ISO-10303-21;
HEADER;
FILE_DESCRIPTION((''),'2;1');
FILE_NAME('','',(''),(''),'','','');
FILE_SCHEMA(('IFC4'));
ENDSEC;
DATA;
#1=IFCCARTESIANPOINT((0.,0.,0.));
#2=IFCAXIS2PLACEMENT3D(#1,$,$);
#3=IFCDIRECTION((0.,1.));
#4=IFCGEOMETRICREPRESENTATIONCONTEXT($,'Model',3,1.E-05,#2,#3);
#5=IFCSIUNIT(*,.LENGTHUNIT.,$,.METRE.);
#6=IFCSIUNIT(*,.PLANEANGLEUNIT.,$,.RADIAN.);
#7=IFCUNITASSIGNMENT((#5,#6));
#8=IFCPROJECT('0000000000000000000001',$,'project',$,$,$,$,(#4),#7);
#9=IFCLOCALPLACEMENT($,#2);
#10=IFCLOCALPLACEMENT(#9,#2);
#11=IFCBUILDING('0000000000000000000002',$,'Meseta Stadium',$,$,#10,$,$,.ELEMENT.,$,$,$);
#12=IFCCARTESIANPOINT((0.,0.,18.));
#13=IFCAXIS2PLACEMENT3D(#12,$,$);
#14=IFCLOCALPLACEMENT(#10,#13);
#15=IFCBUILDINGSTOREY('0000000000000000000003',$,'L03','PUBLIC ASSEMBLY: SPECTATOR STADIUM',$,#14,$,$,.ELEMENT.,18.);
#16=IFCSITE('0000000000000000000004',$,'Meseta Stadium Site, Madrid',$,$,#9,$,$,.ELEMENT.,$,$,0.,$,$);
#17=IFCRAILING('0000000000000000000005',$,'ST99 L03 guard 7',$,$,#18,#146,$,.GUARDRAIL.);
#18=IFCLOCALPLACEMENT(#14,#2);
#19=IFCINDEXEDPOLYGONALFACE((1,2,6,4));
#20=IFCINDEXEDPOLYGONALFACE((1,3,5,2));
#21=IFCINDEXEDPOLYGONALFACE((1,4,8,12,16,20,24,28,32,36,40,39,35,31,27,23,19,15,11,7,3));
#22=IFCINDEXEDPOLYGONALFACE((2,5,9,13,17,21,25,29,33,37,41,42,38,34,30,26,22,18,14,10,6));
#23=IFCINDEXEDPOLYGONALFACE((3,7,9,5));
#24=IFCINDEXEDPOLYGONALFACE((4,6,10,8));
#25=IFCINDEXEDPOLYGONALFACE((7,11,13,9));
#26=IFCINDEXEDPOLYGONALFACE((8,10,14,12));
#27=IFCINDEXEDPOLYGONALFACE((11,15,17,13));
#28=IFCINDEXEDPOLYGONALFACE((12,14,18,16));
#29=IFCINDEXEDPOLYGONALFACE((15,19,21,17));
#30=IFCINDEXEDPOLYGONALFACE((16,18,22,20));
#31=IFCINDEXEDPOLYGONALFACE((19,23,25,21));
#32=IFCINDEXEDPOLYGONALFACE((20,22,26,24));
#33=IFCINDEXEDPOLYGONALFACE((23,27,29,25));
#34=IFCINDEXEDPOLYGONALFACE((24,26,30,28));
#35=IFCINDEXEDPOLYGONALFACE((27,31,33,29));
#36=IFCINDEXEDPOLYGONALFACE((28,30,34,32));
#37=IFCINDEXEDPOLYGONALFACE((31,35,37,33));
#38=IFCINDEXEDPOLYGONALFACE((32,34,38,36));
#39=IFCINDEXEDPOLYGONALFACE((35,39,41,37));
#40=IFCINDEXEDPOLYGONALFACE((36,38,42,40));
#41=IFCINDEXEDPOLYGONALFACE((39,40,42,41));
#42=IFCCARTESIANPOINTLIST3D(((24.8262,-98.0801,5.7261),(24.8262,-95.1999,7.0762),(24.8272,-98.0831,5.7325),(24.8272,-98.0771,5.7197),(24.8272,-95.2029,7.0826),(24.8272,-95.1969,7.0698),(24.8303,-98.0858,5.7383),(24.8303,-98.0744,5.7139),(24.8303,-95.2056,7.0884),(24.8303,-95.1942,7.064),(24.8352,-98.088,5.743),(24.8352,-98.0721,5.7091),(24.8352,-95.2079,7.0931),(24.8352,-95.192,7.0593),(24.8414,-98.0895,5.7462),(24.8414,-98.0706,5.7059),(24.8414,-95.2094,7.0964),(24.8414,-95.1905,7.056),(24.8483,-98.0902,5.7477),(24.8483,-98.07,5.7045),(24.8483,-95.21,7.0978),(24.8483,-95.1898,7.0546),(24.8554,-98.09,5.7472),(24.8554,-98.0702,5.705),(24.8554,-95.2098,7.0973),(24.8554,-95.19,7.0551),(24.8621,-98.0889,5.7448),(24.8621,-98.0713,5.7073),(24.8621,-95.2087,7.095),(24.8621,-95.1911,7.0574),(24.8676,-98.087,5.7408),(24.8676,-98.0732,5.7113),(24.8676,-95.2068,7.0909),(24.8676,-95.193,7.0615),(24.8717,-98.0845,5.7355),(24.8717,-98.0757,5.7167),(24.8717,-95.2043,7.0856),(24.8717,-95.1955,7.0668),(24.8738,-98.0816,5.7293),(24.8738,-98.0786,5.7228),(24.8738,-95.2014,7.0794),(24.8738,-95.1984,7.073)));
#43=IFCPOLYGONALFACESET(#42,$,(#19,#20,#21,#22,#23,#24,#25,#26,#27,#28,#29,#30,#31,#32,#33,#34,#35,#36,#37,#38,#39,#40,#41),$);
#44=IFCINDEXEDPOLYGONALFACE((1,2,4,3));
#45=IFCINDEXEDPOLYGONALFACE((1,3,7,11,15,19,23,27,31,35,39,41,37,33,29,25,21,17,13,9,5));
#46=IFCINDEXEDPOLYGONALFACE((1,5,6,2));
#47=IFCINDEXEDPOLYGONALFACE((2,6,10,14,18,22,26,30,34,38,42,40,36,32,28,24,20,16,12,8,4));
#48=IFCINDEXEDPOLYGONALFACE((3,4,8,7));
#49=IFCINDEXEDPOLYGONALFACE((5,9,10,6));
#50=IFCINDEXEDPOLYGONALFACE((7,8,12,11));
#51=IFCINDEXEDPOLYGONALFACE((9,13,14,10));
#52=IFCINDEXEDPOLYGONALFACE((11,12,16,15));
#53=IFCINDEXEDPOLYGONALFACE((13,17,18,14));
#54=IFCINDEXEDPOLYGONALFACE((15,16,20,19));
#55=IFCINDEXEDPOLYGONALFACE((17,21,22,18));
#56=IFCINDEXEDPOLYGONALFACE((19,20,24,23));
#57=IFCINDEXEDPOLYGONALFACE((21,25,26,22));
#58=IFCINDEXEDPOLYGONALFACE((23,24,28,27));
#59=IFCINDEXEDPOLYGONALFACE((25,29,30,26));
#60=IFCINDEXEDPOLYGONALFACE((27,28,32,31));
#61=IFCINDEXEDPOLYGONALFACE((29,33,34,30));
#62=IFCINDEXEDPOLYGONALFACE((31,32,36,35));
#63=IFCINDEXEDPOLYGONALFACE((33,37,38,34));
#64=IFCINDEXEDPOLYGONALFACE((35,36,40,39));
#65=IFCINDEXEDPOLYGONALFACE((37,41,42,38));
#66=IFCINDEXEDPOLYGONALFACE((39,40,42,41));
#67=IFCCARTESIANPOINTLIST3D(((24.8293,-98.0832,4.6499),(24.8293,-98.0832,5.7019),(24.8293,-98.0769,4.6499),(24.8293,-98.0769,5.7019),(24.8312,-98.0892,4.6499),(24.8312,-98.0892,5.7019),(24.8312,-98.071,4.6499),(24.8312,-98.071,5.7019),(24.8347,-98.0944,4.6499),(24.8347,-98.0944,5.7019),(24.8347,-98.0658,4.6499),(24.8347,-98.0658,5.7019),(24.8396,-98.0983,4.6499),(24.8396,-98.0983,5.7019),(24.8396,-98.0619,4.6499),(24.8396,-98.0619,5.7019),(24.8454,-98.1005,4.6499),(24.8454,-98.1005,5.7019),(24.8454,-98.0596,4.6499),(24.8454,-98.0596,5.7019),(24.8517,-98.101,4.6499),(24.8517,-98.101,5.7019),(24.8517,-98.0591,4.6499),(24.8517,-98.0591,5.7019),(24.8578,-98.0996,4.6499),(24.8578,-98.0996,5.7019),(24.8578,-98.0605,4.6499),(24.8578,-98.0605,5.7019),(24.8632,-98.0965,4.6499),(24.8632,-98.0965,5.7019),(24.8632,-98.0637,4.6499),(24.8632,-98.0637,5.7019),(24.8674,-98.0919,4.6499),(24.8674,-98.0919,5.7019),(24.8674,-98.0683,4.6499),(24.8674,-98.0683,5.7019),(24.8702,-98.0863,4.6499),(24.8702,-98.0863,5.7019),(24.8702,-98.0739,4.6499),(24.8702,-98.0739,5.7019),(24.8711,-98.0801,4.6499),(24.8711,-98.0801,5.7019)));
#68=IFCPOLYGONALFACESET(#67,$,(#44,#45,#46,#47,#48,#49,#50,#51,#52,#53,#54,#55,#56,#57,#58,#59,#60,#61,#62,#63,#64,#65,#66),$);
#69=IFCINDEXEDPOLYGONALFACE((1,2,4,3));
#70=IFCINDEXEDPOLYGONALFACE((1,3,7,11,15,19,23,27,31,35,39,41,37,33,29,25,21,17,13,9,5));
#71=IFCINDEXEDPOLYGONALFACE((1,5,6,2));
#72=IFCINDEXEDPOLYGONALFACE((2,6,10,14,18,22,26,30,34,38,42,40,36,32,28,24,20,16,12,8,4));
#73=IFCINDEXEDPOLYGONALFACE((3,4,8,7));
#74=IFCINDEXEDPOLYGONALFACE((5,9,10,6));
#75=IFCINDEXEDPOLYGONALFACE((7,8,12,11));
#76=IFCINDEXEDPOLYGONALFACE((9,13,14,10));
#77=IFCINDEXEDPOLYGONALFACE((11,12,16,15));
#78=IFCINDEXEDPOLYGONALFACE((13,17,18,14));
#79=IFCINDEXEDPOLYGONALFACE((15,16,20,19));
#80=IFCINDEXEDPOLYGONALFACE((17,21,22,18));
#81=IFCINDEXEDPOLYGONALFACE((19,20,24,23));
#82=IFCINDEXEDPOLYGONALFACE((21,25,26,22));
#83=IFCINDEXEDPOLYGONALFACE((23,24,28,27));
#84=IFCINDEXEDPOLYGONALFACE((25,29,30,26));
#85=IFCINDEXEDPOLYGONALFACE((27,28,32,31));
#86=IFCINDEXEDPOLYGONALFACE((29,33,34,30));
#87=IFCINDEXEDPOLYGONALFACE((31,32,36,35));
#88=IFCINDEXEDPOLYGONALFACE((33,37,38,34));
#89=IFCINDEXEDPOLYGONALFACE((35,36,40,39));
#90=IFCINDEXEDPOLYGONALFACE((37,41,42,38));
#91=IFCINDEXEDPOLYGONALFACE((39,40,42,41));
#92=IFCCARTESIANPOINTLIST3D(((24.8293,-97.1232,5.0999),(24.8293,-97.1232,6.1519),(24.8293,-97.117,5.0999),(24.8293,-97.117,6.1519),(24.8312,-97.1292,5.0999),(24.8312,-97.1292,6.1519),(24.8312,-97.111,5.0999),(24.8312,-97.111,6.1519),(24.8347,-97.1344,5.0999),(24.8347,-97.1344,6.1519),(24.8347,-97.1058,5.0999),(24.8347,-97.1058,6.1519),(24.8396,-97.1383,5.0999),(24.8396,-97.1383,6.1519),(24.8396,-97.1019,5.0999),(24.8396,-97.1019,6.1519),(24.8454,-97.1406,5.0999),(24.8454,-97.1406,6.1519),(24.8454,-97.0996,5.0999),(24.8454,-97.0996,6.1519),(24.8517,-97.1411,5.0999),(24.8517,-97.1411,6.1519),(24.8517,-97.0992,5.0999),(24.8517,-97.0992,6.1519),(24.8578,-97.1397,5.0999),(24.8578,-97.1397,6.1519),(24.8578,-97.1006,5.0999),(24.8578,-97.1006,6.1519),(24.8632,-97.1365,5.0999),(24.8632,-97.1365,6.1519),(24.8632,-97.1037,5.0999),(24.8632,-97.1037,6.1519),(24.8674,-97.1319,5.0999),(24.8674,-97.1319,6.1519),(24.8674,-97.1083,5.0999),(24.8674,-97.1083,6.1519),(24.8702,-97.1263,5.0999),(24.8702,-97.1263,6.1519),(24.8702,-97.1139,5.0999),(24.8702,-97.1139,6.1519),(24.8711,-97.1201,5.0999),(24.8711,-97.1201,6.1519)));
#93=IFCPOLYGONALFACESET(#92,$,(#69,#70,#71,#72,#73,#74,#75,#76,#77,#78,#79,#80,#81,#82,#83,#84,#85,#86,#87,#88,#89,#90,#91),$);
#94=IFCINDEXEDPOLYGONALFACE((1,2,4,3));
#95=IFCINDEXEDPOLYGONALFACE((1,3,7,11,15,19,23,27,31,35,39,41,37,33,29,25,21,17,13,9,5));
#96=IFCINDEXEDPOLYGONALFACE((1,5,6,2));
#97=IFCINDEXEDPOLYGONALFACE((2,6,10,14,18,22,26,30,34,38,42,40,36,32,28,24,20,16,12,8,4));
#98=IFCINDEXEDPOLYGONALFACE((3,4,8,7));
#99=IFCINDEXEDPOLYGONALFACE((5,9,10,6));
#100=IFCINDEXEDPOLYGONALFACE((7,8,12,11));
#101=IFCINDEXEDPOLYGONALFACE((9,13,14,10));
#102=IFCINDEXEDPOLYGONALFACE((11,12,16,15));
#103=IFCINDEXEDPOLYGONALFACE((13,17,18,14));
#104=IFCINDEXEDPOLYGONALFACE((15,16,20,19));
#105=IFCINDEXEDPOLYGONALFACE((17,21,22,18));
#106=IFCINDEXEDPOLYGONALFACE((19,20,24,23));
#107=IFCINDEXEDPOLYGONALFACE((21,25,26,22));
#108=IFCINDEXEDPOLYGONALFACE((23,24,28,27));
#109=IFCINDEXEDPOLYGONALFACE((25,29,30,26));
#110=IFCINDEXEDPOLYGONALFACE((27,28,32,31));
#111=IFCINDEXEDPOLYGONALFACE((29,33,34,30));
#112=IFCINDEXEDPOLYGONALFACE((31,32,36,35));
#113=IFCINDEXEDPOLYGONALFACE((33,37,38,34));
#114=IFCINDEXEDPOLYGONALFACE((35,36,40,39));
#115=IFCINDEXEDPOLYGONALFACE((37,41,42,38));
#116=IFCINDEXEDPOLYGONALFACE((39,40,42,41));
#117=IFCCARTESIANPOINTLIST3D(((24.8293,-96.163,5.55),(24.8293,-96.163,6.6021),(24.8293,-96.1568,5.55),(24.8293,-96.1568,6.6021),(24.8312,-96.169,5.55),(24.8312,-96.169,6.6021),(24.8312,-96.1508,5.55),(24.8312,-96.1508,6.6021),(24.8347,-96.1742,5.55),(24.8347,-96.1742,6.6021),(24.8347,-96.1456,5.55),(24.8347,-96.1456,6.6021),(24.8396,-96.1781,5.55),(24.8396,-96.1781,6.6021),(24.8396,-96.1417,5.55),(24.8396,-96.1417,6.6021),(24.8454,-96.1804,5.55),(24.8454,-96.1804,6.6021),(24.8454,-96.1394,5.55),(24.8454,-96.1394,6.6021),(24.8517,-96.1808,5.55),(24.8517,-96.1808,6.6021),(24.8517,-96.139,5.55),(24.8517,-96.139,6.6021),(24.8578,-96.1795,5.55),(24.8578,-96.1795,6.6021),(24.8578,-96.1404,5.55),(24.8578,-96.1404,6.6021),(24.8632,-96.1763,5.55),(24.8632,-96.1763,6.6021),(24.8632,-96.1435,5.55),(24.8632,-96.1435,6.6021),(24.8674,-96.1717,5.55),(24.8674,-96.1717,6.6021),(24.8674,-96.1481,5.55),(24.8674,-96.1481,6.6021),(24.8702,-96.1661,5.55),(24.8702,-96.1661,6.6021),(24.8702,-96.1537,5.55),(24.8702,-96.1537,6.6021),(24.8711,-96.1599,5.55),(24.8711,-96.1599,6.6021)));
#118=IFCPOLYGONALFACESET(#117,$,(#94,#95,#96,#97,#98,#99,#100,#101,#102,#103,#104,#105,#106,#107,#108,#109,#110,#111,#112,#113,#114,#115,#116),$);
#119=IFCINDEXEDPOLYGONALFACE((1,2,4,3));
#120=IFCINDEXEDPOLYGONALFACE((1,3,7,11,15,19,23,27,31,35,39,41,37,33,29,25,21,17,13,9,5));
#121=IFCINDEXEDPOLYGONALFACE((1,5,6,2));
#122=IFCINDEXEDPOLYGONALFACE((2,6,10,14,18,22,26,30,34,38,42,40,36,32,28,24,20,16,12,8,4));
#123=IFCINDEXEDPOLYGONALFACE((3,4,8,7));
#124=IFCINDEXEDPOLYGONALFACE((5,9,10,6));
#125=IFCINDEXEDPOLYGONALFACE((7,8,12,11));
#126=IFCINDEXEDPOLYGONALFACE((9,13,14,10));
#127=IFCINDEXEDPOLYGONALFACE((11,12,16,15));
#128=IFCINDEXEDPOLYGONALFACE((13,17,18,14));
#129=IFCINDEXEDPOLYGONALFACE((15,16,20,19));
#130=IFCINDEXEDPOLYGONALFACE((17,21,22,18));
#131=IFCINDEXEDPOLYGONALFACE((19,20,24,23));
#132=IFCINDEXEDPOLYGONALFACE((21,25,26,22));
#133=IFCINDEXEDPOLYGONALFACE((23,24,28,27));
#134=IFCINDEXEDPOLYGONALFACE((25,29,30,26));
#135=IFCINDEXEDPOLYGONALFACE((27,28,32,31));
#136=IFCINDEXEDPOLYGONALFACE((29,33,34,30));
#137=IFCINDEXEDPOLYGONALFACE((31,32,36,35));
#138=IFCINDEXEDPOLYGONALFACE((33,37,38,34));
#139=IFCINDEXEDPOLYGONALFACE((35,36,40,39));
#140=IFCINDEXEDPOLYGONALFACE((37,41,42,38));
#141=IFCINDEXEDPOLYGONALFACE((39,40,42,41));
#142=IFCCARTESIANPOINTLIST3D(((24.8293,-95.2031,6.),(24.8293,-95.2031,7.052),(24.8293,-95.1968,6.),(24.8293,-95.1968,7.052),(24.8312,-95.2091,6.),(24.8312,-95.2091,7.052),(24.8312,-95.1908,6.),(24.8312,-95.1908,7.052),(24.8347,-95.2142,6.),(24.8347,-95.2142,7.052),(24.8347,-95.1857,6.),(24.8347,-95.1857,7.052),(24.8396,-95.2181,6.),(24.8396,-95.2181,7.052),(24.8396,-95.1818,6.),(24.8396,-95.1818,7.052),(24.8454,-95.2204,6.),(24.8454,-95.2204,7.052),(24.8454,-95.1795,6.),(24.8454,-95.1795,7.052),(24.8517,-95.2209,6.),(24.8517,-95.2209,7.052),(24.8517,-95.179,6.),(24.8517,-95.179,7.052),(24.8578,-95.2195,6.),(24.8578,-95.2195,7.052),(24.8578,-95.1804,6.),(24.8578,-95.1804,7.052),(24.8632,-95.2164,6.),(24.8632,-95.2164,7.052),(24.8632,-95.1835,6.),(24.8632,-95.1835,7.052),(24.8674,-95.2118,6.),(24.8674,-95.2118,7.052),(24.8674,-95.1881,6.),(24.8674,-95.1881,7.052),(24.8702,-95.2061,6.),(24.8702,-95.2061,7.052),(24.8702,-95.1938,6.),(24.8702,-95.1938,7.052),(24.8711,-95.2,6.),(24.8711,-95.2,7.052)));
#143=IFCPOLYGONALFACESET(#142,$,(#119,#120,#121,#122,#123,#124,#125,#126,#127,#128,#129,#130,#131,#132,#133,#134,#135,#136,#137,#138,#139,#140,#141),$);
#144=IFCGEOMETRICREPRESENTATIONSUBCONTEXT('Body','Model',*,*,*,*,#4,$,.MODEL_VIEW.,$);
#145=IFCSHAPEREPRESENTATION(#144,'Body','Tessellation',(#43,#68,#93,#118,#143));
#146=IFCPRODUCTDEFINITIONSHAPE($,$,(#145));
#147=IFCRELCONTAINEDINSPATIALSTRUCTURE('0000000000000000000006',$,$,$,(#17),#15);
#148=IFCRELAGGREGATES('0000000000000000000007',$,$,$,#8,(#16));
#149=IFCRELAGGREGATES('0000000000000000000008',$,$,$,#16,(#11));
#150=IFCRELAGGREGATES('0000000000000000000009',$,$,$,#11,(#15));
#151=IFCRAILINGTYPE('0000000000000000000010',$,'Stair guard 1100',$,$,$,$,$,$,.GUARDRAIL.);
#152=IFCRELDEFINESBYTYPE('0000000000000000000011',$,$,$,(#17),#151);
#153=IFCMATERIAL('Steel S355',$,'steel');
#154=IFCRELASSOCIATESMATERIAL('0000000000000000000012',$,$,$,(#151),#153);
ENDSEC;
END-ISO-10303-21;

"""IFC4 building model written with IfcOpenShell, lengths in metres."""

from ifc_helpers import new_model, si_unit, direction, frame, origin, origin_2d, place, context, subcontext, project, spatial, circle, extrude, material, type_object, element, save


model = new_model("IFC4")

# Units and contexts
model_context = context("Model", 3, precision=1e-05, world=origin(), true_north=direction((0.0, 1.0)))
body_context = subcontext(model_context, "Body", "Model", "MODEL_VIEW")
ifc_project = project(units=[si_unit("LENGTHUNIT", "METRE"), si_unit("PLANEANGLEUNIT", "RADIAN")], contexts=[model_context])

# Site, building, storey
site_placement = place(None, origin())
site = spatial("IfcSite", under=ifc_project, at=site_placement, Name="Meseta Stadium Site, Madrid", CompositionType="ELEMENT", RefElevation=0.0)
building_placement = place(site_placement, origin())
building = spatial("IfcBuilding", under=site, at=building_placement, Name="Meseta Stadium", CompositionType="ELEMENT")
storey_placement = place(building_placement, frame((0.0, 0.0, 18.0)))
storey = spatial("IfcBuildingStorey", under=building, at=storey_placement, Name="L03", Description="PUBLIC ASSEMBLY: SPECTATOR STADIUM", CompositionType="ELEMENT", Elevation=18.0)

# Railing
ifc_material_1 = material(Name="Steel S355", Category="steel")
railing_type_1 = type_object("IfcRailingType", Name="Stair guard 1100", PredefinedType="GUARDRAIL", material=ifc_material_1)
railing_1_placement = place(storey_placement, frame((24.8501, -98.0801, 4.6499)))
element("IfcRailing", 1, at=railing_1_placement, inside=storey, type_object=railing_type_1, Name="ST99 L03 guard 7", PredefinedType="GUARDRAIL", context=body_context, shape_type="SweptSolid", body=[
    extrude(circle(Radius=0.0239, at=origin_2d()), frame((0.0, 0.0, 1.0762), z_axis=(0.0, 0.905454, 0.424444), x_axis=(-1.0, 0.0, 0.0)), (0.0, 0.0, 1.0), 3.1809),
    extrude(circle(Radius=0.021, at=origin_2d()), origin(), (0.0, 0.0, 1.0), 1.052),
    extrude(circle(Radius=0.021, at=origin_2d()), frame((0.0, 0.96, 0.45)), (0.0, 0.0, 1.0), 1.052),
    extrude(circle(Radius=0.021, at=origin_2d()), frame((0.0, 1.9202, 0.9001)), (0.0, 0.0, 1.0), 1.052),
    extrude(circle(Radius=0.021, at=origin_2d()), frame((0.0, 2.8801, 1.3501)), (0.0, 0.0, 1.0), 1.052),
])

save(model, "model.ifc")
